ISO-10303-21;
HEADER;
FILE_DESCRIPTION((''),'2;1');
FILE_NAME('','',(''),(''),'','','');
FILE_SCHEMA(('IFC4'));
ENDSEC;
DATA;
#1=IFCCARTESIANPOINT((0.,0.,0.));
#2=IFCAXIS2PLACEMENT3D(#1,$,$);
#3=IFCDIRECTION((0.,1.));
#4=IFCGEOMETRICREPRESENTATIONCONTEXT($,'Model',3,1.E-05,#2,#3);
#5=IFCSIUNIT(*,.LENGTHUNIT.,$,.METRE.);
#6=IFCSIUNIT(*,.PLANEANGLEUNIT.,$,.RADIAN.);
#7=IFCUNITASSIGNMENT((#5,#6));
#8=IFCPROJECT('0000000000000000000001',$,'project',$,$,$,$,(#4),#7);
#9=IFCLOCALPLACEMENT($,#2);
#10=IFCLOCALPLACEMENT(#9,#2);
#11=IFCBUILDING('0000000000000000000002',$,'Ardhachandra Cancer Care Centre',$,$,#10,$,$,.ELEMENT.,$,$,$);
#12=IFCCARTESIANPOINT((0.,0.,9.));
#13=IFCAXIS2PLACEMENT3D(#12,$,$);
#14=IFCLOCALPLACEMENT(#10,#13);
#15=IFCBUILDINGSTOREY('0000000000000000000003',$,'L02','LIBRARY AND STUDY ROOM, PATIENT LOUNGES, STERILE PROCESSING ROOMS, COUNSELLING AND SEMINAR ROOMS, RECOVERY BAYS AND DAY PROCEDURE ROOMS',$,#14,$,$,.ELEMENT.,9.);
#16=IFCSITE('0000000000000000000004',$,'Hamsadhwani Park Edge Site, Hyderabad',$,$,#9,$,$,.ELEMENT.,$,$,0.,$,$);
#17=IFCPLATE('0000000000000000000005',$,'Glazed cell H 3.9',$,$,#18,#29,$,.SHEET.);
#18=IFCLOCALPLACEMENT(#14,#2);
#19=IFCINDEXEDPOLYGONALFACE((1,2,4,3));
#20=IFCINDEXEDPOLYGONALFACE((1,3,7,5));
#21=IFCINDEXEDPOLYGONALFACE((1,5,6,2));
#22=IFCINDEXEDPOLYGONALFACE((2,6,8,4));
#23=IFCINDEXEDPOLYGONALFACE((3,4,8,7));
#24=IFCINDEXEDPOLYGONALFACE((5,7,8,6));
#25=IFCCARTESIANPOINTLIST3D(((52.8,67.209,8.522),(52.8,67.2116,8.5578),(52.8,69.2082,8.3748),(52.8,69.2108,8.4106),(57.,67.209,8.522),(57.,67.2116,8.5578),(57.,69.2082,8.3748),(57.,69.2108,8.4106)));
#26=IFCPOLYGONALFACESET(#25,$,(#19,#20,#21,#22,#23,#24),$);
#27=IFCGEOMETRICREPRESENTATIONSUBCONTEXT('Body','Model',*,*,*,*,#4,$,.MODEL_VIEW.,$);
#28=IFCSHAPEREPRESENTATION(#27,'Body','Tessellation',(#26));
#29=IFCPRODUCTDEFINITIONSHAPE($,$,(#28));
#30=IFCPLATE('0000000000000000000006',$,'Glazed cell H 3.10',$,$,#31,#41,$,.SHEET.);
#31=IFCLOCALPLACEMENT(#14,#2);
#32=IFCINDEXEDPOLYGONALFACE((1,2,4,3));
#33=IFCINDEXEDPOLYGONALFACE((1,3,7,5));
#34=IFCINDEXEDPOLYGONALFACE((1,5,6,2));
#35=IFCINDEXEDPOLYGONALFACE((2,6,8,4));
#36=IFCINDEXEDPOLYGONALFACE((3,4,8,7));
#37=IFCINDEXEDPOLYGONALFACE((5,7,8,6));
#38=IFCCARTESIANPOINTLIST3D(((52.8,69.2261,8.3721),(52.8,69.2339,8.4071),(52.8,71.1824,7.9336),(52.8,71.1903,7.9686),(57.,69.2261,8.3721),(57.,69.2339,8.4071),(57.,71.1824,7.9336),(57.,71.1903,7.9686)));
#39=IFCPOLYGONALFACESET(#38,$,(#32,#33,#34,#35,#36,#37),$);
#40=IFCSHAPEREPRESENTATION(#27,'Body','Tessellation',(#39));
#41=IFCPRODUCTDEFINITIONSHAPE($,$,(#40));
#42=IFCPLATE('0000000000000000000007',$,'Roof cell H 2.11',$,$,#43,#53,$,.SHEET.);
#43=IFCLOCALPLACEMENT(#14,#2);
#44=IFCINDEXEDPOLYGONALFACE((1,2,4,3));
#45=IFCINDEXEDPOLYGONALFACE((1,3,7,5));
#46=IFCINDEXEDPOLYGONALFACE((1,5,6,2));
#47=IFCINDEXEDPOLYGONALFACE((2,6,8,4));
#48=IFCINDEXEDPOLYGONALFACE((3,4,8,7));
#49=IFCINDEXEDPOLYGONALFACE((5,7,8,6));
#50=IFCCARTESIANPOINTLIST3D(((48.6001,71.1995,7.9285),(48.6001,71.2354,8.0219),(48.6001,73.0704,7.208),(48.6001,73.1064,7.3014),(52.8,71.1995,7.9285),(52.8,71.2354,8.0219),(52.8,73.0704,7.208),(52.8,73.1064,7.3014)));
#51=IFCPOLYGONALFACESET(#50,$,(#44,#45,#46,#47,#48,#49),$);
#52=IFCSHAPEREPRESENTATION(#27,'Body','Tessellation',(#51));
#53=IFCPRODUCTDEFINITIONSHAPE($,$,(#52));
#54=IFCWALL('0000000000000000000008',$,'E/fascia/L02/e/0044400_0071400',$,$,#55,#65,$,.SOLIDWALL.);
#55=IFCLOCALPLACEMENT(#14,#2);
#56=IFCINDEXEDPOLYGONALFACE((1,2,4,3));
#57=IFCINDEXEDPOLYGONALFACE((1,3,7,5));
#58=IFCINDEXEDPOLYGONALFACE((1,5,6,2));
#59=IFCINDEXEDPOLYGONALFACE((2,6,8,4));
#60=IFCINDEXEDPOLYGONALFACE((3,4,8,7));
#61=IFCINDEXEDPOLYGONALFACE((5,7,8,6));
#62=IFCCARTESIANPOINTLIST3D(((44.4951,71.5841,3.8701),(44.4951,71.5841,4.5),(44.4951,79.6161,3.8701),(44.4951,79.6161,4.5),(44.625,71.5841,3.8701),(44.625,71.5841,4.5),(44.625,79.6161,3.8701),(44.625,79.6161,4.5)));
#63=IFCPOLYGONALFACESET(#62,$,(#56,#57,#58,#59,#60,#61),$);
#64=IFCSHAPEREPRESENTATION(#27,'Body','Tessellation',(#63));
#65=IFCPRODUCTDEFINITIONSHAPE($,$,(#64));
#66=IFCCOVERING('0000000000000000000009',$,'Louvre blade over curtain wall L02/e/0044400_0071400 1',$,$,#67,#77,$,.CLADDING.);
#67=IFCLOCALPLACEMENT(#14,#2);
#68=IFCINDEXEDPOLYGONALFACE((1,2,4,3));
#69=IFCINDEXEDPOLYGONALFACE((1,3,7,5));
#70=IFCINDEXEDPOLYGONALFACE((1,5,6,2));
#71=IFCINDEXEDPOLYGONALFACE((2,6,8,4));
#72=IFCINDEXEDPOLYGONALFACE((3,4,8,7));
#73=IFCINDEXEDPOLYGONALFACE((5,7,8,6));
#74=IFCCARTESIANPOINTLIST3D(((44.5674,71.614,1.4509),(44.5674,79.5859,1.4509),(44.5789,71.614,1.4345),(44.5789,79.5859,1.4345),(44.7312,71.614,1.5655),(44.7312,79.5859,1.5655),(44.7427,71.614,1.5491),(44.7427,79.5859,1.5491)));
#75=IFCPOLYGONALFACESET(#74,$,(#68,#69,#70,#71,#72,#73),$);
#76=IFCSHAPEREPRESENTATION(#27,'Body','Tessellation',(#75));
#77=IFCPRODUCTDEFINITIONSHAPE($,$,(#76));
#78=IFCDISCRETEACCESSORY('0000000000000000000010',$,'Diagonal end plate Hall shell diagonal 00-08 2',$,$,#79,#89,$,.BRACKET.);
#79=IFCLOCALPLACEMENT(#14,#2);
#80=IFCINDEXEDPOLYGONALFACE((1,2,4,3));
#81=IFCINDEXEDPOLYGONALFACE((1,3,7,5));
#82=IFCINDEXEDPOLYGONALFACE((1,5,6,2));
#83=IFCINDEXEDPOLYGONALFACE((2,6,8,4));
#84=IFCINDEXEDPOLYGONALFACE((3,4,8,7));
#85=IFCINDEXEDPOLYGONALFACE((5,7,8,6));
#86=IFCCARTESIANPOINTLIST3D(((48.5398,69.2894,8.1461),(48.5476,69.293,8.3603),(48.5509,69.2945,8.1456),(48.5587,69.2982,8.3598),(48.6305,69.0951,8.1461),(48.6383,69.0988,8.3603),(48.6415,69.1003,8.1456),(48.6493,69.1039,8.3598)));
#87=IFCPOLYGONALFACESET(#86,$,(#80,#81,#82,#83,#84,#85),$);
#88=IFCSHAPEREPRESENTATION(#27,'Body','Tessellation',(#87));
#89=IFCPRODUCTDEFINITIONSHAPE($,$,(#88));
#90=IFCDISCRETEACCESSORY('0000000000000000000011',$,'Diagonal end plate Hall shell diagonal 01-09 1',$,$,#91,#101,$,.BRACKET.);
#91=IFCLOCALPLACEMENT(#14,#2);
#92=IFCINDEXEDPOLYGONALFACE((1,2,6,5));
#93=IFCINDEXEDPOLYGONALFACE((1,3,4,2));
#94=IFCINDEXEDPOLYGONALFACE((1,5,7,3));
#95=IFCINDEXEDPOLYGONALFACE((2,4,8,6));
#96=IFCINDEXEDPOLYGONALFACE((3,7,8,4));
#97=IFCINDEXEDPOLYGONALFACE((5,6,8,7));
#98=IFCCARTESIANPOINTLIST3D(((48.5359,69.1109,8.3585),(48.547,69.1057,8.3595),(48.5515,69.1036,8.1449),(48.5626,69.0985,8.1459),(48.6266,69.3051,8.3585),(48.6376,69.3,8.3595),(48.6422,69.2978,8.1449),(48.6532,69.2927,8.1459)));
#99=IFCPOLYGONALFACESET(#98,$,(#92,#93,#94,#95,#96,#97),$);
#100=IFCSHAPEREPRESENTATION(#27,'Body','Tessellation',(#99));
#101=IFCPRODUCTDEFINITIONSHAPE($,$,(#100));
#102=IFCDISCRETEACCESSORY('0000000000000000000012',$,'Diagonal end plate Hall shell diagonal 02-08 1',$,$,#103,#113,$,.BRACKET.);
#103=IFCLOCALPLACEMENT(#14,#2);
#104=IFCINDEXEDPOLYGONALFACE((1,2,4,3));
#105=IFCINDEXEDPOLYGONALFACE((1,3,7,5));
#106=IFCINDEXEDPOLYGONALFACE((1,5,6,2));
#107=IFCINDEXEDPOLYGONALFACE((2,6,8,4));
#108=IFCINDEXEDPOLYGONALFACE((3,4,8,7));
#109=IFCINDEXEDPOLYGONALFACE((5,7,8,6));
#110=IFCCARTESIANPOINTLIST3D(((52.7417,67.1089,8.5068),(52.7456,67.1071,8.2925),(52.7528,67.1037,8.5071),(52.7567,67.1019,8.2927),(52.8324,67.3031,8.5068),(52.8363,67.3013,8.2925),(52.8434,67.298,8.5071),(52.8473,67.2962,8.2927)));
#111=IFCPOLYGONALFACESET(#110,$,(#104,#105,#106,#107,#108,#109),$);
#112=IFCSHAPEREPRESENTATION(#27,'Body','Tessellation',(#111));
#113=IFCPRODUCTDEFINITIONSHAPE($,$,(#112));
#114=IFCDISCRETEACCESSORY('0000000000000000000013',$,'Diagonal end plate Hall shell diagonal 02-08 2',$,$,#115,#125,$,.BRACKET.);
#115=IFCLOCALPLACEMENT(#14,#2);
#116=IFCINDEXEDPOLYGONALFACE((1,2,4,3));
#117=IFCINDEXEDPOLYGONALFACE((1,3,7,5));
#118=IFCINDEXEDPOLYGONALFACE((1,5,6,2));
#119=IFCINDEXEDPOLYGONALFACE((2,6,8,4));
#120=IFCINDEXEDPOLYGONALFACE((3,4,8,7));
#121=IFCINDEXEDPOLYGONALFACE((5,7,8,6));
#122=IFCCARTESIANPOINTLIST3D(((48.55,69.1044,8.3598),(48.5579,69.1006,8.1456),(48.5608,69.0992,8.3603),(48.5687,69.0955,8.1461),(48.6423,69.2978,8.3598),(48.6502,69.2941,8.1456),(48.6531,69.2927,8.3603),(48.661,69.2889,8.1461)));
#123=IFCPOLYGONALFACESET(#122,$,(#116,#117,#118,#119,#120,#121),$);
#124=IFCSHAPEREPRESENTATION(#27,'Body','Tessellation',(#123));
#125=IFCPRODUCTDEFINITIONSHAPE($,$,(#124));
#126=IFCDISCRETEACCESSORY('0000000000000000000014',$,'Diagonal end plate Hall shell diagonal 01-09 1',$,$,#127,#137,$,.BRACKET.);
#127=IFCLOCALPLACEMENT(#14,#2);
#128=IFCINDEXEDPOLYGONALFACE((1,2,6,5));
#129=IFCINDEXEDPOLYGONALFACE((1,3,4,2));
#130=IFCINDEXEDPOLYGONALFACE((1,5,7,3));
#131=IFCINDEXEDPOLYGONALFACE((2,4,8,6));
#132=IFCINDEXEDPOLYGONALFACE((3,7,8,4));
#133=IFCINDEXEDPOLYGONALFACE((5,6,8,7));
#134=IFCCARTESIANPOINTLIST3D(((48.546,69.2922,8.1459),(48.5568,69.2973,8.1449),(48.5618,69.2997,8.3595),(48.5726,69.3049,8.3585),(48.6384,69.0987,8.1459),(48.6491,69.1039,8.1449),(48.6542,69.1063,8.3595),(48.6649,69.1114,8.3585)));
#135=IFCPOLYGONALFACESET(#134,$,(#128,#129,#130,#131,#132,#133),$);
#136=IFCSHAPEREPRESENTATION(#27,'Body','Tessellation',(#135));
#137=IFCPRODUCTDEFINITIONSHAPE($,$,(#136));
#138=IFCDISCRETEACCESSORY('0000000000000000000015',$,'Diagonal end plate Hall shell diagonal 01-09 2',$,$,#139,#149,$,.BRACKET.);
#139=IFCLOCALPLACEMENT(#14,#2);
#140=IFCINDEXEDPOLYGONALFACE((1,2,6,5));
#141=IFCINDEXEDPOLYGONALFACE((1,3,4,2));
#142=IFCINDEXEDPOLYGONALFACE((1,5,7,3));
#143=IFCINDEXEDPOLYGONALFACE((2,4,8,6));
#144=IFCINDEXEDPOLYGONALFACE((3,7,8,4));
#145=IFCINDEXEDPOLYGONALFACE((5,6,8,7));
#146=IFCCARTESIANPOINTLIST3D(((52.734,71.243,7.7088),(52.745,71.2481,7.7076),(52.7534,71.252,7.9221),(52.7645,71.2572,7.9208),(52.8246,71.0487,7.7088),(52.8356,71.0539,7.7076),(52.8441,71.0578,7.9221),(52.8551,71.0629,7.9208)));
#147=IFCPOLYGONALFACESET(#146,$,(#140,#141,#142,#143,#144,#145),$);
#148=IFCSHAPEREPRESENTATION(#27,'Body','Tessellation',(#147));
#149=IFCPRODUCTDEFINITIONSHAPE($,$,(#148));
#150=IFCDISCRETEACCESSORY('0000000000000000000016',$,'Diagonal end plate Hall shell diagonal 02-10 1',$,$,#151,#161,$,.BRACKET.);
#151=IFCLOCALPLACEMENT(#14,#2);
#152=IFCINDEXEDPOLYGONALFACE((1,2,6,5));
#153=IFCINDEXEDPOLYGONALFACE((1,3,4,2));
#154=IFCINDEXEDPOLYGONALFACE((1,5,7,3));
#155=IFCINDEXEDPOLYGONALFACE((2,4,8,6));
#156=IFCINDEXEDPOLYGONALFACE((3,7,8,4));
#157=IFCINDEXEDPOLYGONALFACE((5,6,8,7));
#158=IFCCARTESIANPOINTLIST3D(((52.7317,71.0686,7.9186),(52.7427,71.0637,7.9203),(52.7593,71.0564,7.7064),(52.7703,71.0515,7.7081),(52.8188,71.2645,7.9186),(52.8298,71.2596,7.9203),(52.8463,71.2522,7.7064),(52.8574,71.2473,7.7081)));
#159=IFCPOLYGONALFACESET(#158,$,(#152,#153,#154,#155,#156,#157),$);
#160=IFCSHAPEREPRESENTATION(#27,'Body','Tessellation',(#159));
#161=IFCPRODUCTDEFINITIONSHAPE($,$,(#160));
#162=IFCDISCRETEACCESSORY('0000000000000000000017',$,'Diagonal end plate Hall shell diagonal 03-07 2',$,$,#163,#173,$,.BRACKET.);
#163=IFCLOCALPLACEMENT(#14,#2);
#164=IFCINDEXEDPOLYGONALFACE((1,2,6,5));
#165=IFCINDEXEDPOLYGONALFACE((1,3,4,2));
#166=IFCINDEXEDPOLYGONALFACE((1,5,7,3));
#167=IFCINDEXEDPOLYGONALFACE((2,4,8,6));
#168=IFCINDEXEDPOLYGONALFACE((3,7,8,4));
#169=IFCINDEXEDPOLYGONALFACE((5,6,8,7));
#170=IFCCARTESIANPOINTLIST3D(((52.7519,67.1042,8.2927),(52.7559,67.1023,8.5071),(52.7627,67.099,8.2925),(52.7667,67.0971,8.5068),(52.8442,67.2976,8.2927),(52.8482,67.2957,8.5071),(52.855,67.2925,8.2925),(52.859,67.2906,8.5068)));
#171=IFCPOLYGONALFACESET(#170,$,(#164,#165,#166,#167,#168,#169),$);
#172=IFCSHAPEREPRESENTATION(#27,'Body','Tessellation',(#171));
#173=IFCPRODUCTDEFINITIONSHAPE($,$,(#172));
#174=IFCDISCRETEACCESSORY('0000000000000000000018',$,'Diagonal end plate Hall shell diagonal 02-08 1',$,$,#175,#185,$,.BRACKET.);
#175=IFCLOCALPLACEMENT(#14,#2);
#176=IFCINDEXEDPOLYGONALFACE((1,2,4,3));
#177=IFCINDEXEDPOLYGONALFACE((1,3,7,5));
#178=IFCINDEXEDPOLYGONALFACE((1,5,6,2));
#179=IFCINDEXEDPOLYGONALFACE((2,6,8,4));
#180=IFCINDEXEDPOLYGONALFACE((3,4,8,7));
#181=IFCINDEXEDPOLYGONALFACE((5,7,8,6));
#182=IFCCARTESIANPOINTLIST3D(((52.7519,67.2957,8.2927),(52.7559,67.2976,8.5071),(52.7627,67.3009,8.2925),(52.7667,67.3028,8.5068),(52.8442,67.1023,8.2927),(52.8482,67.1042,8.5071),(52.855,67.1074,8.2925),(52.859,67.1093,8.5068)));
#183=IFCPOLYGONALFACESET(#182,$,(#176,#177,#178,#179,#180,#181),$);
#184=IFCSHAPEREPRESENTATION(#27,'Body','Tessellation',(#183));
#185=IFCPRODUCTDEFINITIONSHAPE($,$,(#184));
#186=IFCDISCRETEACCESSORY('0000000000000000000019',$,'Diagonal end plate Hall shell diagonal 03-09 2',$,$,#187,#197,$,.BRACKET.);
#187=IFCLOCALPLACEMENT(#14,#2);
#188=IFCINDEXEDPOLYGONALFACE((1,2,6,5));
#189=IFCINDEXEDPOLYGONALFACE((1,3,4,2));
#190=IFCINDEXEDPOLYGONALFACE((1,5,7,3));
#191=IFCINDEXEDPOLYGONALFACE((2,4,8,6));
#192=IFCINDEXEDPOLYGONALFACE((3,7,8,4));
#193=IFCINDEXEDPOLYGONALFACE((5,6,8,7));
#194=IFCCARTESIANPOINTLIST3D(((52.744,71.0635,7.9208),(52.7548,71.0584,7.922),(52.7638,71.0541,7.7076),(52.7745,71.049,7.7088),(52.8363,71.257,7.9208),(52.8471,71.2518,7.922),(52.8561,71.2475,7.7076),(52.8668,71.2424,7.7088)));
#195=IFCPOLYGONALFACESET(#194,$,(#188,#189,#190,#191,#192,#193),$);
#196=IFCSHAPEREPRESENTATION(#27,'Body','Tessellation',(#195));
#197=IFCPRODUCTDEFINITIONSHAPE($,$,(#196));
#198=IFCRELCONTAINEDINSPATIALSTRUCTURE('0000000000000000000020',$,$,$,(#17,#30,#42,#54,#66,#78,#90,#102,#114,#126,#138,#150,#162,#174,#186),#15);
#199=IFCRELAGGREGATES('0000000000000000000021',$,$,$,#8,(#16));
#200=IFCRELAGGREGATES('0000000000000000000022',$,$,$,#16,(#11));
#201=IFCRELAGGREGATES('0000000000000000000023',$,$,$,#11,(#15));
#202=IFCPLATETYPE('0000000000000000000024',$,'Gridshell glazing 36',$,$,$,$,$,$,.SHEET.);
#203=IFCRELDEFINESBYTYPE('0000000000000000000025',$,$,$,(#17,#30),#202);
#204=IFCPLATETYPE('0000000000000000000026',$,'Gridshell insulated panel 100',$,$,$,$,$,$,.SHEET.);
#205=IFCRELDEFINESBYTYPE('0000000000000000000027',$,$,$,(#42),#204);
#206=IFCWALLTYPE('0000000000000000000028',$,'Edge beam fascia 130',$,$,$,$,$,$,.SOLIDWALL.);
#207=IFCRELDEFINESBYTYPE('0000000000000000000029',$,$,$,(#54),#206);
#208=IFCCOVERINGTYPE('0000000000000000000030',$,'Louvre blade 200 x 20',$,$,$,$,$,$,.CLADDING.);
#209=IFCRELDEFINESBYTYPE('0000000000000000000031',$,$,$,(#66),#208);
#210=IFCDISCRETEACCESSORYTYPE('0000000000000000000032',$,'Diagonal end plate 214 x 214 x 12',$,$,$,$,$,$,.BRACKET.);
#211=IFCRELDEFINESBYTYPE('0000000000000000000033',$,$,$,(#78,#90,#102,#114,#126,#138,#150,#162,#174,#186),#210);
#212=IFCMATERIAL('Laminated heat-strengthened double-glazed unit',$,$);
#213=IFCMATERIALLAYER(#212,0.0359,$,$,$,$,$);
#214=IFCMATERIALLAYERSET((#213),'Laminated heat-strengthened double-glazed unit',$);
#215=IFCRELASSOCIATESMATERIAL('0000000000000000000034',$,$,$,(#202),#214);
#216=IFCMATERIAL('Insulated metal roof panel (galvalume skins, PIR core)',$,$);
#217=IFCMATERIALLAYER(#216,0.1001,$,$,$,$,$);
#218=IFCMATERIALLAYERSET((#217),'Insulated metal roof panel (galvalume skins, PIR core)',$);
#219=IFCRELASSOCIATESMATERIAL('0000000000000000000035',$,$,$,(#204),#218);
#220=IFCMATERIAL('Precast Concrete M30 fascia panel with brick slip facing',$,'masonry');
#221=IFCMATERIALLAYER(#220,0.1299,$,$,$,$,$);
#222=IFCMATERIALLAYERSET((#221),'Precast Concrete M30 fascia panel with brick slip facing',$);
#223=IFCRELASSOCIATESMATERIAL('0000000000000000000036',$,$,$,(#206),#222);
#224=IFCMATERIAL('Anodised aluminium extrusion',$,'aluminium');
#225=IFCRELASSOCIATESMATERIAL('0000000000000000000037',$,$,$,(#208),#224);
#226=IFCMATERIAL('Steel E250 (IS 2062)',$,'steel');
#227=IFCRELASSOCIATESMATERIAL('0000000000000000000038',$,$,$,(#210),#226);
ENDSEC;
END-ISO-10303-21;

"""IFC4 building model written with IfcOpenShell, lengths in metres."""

from ifc_helpers import new_model, si_unit, direction, frame, frame_2d, origin, origin_2d, place, context, subcontext, project, spatial, polyline, rectangle, outline, extrude, material, layer, layer_set, material_profile, profile_set, type_object, element, save


model = new_model("IFC4")

# Units and contexts
model_context = context("Model", 3, precision=1e-05, world=origin(), true_north=direction((0.0, 1.0)))
body_context = subcontext(model_context, "Body", "Model", "MODEL_VIEW")
ifc_project = project(units=[si_unit("LENGTHUNIT", "METRE"), si_unit("PLANEANGLEUNIT", "RADIAN")], contexts=[model_context])

# Site, building, storey
site_placement = place(None, origin())
site = spatial("IfcSite", under=ifc_project, at=site_placement, Name="Hamsadhwani Park Edge Site, Hyderabad", CompositionType="ELEMENT", RefElevation=0.0)
building_placement = place(site_placement, origin())
building = spatial("IfcBuilding", under=site, at=building_placement, Name="Ardhachandra Cancer Care Centre", CompositionType="ELEMENT")
storey_placement = place(building_placement, frame((0.0, 0.0, 9.0)))
storey = spatial("IfcBuildingStorey", under=building, at=storey_placement, Name="L02", Description="LIBRARY AND STUDY ROOM, PATIENT LOUNGES, STERILE PROCESSING ROOMS, COUNSELLING AND SEMINAR ROOMS, RECOVERY BAYS AND DAY PROCEDURE ROOMS", CompositionType="ELEMENT", Elevation=9.0)

# Plates
ifc_material_1 = material(Name="Laminated heat-strengthened double-glazed unit")
ifc_layer_1 = layer(ifc_material_1, 0.0359)
ifc_layer_set_1 = layer_set([ifc_layer_1], Name="Laminated heat-strengthened double-glazed unit")
plate_type_1 = type_object("IfcPlateType", Name="Gridshell glazing 36", PredefinedType="SHEET", material=ifc_layer_set_1)
plate_1_placement = place(storey_placement, frame((52.8, 67.209, 8.522), z_axis=(0.0, 0.073437, 0.9973), x_axis=(1.0, 0.0, 0.0)))
element("IfcPlate", 1, at=plate_1_placement, inside=storey, type_object=plate_type_1, Name="Glazed cell H 3.9", PredefinedType="SHEET", context=body_context, shape_type="SweptSolid", body=[
    extrude(outline(polyline([(0.0, 0.0), (4.2, 0.0), (4.2, 2.0046), (0.0, 2.0046), (0.0, 0.0)])), origin(), (0.0, 0.0, 1.0), 0.0359),
])
plate_2_placement = place(storey_placement, frame((52.8, 69.2261, 8.3721), z_axis=(0.0, 0.218709, 0.97579), x_axis=(1.0, 0.0, 0.0)))
element("IfcPlate", 2, at=plate_2_placement, inside=storey, type_object=plate_type_1, Name="Glazed cell H 3.10", PredefinedType="SHEET", context=body_context, shape_type="SweptSolid", body=[
    extrude(outline(polyline([(0.0, 0.0), (4.2, 0.0), (4.2, 2.0049), (0.0, 2.0049), (0.0, 0.0)])), origin(), (0.0, 0.0, 1.0), 0.0359),
])
ifc_material_2 = material(Name="Insulated metal roof panel (galvalume skins, PIR core)")
ifc_layer_2 = layer(ifc_material_2, 0.1001)
ifc_layer_set_2 = layer_set([ifc_layer_2], Name="Insulated metal roof panel (galvalume skins, PIR core)")
plate_type_2 = type_object("IfcPlateType", Name="Gridshell insulated panel 100", PredefinedType="SHEET", material=ifc_layer_set_2)
plate_3_placement = place(storey_placement, frame((48.6001, 71.1995, 7.9285), z_axis=(0.0, 0.359371, 0.933195), x_axis=(1.0, 0.0, 0.0)))
element("IfcPlate", 3, at=plate_3_placement, inside=storey, type_object=plate_type_2, Name="Roof cell H 2.11", PredefinedType="SHEET", context=body_context, shape_type="SweptSolid", body=[
    extrude(outline(polyline([(0.0, 0.0), (4.2, 0.0), (4.2, 2.0049), (0.0, 2.0049), (0.0, 0.0)])), origin(), (0.0, 0.0, 1.0), 0.1001),
])

# Wall
ifc_material_3 = material(Name="Precast Concrete M30 fascia panel with brick slip facing", Category="masonry")
ifc_layer_3 = layer(ifc_material_3, 0.1299)
ifc_layer_set_3 = layer_set([ifc_layer_3], Name="Precast Concrete M30 fascia panel with brick slip facing")
wall_type = type_object("IfcWallType", Name="Edge beam fascia 130", PredefinedType="SOLIDWALL", material=ifc_layer_set_3)
wall_placement = place(storey_placement, frame((44.5601, 71.584, 3.8701), z_axis=(0.0, 0.0, 1.0), x_axis=(0.0, 1.0, 0.0)))
element("IfcWall", 4, at=wall_placement, inside=storey, type_object=wall_type, Name="E/fascia/L02/e/0044400_0071400", PredefinedType="SOLIDWALL", context=body_context, shape_type="SweptSolid", body=[
    extrude(rectangle(XDim=8.032, YDim=0.1299, at=frame_2d((4.0161, 0.0))), origin(), (0.0, 0.0, 1.0), 0.6299),
])

# Covering
ifc_material_4 = material(Name="Anodised aluminium extrusion", Category="aluminium")
ifc_material_profile_1 = material_profile(ifc_material_4, rectangle(XDim=0.2, YDim=0.02, at=origin_2d()), Name="Louvre blade 200 x 20")
ifc_profile_set_1 = profile_set([ifc_material_profile_1], Name="Anodised aluminium extrusion")
covering_type = type_object("IfcCoveringType", Name="Louvre blade 200 x 20", PredefinedType="CLADDING", material=ifc_profile_set_1)
covering_placement = place(storey_placement, frame((44.655, 71.614, 1.5), z_axis=(0.0, 1.0, 0.0), x_axis=(-0.819152, 0.0, -0.573576)))
element("IfcCovering", 5, at=covering_placement, inside=storey, type_object=covering_type, Name="Louvre blade over curtain wall L02/e/0044400_0071400 1", PredefinedType="CLADDING", context=body_context, shape_type="SweptSolid", body=[
    extrude(rectangle(XDim=0.2, YDim=0.02, at=origin_2d()), origin(), (0.0, 0.0, 1.0), 7.9719),
])

# Discrete accessories
ifc_material_5 = material(Name="Steel E250 (IS 2062)", Category="steel")
ifc_material_profile_2 = material_profile(ifc_material_5, rectangle(XDim=0.2144, YDim=0.2144, at=origin_2d()), Name="PL 214x214x12")
ifc_profile_set_2 = profile_set([ifc_material_profile_2], Name="Steel E250 (IS 2062)")
discrete_accessory_type_1 = type_object("IfcDiscreteAccessoryType", Name="Diagonal end plate 214 x 214 x 12", PredefinedType="BRACKET", material=ifc_profile_set_2)
for number, where, z_axis, x_axis, name in (
    (6, (48.6001, 69.1992, 8.2527), (-0.905449, -0.422543, 0.040242), (0.422885, -0.906183, 0.0), "Diagonal end plate Hall shell diagonal 00-08 2"),
    (7, (48.6001, 69.1992, 8.2527), (-0.903258, 0.42152, -0.08029), (-0.422885, -0.906183, 0.0), "Diagonal end plate Hall shell diagonal 01-09 1"),
    (8, (52.8, 67.2, 8.3999), (-0.905999, 0.4228, -0.020133), (-0.422885, -0.906183, 0.0), "Diagonal end plate Hall shell diagonal 02-08 1"),
):
    element("IfcDiscreteAccessory", number, at=place(storey_placement, frame(where, z_axis=z_axis, x_axis=x_axis)), inside=storey, type_object=discrete_accessory_type_1, Name=name, PredefinedType="BRACKET", context=body_context, shape_type="SweptSolid", body=[
        extrude(rectangle(XDim=0.2144, YDim=0.2144, at=origin_2d()), origin(), (0.0, 0.0, 1.0), 0.0122),
    ])
for number, where, z_axis, x_axis, name in (
    (9, (48.6001, 69.1992, 8.2527), (0.901723, -0.430368, 0.040987), (0.43073, 0.902481, 0.0), "Diagonal end plate Hall shell diagonal 02-08 2"),
    (10, (48.6001, 69.1992, 8.2527), (0.899459, 0.429287, -0.081769), (-0.43073, 0.902481, 0.0), "Diagonal end plate Hall shell diagonal 01-09 1"),
):
    element("IfcDiscreteAccessory", number, at=place(storey_placement, frame(where, z_axis=z_axis, x_axis=x_axis)), inside=storey, type_object=discrete_accessory_type_1, Name=name, PredefinedType="BRACKET", context=body_context, shape_type="SweptSolid", body=[
        extrude(rectangle(XDim=0.2144, YDim=0.2144, at=origin_2d()), origin(), (0.0, 0.0, 1.0), 0.012),
    ])
for number, where, z_axis, x_axis, name in (
    (11, (52.8, 71.1555, 7.8142), (-0.901624, -0.420758, 0.10018), (0.422885, -0.906183, 0.0), "Diagonal end plate Hall shell diagonal 01-09 2"),
    (12, (52.8, 71.1555, 7.8142), (-0.904717, 0.402096, -0.140734), (-0.406138, -0.913812, 0.0), "Diagonal end plate Hall shell diagonal 02-10 1"),
):
    element("IfcDiscreteAccessory", number, at=place(storey_placement, frame(where, z_axis=z_axis, x_axis=x_axis)), inside=storey, type_object=discrete_accessory_type_1, Name=name, PredefinedType="BRACKET", context=body_context, shape_type="SweptSolid", body=[
        extrude(rectangle(XDim=0.2144, YDim=0.2144, at=origin_2d()), origin(), (0.0, 0.0, 1.0), 0.0122),
    ])
for number, where, z_axis, x_axis, name in (
    (13, (52.8, 67.2, 8.3999), (0.902291, -0.430639, -0.020507), (0.43073, 0.902481, 0.0), "Diagonal end plate Hall shell diagonal 03-07 2"),
    (14, (52.8, 67.2, 8.3999), (0.902291, 0.430639, -0.020507), (-0.43073, 0.902481, 0.0), "Diagonal end plate Hall shell diagonal 02-08 1"),
    (15, (52.8, 71.1555, 7.8142), (0.897772, -0.428482, 0.10202), (0.43073, 0.902481, 0.0), "Diagonal end plate Hall shell diagonal 03-09 2"),
):
    element("IfcDiscreteAccessory", number, at=place(storey_placement, frame(where, z_axis=z_axis, x_axis=x_axis)), inside=storey, type_object=discrete_accessory_type_1, Name=name, PredefinedType="BRACKET", context=body_context, shape_type="SweptSolid", body=[
        extrude(rectangle(XDim=0.2144, YDim=0.2144, at=origin_2d()), origin(), (0.0, 0.0, 1.0), 0.012),
    ])

save(model, "model.ifc")
